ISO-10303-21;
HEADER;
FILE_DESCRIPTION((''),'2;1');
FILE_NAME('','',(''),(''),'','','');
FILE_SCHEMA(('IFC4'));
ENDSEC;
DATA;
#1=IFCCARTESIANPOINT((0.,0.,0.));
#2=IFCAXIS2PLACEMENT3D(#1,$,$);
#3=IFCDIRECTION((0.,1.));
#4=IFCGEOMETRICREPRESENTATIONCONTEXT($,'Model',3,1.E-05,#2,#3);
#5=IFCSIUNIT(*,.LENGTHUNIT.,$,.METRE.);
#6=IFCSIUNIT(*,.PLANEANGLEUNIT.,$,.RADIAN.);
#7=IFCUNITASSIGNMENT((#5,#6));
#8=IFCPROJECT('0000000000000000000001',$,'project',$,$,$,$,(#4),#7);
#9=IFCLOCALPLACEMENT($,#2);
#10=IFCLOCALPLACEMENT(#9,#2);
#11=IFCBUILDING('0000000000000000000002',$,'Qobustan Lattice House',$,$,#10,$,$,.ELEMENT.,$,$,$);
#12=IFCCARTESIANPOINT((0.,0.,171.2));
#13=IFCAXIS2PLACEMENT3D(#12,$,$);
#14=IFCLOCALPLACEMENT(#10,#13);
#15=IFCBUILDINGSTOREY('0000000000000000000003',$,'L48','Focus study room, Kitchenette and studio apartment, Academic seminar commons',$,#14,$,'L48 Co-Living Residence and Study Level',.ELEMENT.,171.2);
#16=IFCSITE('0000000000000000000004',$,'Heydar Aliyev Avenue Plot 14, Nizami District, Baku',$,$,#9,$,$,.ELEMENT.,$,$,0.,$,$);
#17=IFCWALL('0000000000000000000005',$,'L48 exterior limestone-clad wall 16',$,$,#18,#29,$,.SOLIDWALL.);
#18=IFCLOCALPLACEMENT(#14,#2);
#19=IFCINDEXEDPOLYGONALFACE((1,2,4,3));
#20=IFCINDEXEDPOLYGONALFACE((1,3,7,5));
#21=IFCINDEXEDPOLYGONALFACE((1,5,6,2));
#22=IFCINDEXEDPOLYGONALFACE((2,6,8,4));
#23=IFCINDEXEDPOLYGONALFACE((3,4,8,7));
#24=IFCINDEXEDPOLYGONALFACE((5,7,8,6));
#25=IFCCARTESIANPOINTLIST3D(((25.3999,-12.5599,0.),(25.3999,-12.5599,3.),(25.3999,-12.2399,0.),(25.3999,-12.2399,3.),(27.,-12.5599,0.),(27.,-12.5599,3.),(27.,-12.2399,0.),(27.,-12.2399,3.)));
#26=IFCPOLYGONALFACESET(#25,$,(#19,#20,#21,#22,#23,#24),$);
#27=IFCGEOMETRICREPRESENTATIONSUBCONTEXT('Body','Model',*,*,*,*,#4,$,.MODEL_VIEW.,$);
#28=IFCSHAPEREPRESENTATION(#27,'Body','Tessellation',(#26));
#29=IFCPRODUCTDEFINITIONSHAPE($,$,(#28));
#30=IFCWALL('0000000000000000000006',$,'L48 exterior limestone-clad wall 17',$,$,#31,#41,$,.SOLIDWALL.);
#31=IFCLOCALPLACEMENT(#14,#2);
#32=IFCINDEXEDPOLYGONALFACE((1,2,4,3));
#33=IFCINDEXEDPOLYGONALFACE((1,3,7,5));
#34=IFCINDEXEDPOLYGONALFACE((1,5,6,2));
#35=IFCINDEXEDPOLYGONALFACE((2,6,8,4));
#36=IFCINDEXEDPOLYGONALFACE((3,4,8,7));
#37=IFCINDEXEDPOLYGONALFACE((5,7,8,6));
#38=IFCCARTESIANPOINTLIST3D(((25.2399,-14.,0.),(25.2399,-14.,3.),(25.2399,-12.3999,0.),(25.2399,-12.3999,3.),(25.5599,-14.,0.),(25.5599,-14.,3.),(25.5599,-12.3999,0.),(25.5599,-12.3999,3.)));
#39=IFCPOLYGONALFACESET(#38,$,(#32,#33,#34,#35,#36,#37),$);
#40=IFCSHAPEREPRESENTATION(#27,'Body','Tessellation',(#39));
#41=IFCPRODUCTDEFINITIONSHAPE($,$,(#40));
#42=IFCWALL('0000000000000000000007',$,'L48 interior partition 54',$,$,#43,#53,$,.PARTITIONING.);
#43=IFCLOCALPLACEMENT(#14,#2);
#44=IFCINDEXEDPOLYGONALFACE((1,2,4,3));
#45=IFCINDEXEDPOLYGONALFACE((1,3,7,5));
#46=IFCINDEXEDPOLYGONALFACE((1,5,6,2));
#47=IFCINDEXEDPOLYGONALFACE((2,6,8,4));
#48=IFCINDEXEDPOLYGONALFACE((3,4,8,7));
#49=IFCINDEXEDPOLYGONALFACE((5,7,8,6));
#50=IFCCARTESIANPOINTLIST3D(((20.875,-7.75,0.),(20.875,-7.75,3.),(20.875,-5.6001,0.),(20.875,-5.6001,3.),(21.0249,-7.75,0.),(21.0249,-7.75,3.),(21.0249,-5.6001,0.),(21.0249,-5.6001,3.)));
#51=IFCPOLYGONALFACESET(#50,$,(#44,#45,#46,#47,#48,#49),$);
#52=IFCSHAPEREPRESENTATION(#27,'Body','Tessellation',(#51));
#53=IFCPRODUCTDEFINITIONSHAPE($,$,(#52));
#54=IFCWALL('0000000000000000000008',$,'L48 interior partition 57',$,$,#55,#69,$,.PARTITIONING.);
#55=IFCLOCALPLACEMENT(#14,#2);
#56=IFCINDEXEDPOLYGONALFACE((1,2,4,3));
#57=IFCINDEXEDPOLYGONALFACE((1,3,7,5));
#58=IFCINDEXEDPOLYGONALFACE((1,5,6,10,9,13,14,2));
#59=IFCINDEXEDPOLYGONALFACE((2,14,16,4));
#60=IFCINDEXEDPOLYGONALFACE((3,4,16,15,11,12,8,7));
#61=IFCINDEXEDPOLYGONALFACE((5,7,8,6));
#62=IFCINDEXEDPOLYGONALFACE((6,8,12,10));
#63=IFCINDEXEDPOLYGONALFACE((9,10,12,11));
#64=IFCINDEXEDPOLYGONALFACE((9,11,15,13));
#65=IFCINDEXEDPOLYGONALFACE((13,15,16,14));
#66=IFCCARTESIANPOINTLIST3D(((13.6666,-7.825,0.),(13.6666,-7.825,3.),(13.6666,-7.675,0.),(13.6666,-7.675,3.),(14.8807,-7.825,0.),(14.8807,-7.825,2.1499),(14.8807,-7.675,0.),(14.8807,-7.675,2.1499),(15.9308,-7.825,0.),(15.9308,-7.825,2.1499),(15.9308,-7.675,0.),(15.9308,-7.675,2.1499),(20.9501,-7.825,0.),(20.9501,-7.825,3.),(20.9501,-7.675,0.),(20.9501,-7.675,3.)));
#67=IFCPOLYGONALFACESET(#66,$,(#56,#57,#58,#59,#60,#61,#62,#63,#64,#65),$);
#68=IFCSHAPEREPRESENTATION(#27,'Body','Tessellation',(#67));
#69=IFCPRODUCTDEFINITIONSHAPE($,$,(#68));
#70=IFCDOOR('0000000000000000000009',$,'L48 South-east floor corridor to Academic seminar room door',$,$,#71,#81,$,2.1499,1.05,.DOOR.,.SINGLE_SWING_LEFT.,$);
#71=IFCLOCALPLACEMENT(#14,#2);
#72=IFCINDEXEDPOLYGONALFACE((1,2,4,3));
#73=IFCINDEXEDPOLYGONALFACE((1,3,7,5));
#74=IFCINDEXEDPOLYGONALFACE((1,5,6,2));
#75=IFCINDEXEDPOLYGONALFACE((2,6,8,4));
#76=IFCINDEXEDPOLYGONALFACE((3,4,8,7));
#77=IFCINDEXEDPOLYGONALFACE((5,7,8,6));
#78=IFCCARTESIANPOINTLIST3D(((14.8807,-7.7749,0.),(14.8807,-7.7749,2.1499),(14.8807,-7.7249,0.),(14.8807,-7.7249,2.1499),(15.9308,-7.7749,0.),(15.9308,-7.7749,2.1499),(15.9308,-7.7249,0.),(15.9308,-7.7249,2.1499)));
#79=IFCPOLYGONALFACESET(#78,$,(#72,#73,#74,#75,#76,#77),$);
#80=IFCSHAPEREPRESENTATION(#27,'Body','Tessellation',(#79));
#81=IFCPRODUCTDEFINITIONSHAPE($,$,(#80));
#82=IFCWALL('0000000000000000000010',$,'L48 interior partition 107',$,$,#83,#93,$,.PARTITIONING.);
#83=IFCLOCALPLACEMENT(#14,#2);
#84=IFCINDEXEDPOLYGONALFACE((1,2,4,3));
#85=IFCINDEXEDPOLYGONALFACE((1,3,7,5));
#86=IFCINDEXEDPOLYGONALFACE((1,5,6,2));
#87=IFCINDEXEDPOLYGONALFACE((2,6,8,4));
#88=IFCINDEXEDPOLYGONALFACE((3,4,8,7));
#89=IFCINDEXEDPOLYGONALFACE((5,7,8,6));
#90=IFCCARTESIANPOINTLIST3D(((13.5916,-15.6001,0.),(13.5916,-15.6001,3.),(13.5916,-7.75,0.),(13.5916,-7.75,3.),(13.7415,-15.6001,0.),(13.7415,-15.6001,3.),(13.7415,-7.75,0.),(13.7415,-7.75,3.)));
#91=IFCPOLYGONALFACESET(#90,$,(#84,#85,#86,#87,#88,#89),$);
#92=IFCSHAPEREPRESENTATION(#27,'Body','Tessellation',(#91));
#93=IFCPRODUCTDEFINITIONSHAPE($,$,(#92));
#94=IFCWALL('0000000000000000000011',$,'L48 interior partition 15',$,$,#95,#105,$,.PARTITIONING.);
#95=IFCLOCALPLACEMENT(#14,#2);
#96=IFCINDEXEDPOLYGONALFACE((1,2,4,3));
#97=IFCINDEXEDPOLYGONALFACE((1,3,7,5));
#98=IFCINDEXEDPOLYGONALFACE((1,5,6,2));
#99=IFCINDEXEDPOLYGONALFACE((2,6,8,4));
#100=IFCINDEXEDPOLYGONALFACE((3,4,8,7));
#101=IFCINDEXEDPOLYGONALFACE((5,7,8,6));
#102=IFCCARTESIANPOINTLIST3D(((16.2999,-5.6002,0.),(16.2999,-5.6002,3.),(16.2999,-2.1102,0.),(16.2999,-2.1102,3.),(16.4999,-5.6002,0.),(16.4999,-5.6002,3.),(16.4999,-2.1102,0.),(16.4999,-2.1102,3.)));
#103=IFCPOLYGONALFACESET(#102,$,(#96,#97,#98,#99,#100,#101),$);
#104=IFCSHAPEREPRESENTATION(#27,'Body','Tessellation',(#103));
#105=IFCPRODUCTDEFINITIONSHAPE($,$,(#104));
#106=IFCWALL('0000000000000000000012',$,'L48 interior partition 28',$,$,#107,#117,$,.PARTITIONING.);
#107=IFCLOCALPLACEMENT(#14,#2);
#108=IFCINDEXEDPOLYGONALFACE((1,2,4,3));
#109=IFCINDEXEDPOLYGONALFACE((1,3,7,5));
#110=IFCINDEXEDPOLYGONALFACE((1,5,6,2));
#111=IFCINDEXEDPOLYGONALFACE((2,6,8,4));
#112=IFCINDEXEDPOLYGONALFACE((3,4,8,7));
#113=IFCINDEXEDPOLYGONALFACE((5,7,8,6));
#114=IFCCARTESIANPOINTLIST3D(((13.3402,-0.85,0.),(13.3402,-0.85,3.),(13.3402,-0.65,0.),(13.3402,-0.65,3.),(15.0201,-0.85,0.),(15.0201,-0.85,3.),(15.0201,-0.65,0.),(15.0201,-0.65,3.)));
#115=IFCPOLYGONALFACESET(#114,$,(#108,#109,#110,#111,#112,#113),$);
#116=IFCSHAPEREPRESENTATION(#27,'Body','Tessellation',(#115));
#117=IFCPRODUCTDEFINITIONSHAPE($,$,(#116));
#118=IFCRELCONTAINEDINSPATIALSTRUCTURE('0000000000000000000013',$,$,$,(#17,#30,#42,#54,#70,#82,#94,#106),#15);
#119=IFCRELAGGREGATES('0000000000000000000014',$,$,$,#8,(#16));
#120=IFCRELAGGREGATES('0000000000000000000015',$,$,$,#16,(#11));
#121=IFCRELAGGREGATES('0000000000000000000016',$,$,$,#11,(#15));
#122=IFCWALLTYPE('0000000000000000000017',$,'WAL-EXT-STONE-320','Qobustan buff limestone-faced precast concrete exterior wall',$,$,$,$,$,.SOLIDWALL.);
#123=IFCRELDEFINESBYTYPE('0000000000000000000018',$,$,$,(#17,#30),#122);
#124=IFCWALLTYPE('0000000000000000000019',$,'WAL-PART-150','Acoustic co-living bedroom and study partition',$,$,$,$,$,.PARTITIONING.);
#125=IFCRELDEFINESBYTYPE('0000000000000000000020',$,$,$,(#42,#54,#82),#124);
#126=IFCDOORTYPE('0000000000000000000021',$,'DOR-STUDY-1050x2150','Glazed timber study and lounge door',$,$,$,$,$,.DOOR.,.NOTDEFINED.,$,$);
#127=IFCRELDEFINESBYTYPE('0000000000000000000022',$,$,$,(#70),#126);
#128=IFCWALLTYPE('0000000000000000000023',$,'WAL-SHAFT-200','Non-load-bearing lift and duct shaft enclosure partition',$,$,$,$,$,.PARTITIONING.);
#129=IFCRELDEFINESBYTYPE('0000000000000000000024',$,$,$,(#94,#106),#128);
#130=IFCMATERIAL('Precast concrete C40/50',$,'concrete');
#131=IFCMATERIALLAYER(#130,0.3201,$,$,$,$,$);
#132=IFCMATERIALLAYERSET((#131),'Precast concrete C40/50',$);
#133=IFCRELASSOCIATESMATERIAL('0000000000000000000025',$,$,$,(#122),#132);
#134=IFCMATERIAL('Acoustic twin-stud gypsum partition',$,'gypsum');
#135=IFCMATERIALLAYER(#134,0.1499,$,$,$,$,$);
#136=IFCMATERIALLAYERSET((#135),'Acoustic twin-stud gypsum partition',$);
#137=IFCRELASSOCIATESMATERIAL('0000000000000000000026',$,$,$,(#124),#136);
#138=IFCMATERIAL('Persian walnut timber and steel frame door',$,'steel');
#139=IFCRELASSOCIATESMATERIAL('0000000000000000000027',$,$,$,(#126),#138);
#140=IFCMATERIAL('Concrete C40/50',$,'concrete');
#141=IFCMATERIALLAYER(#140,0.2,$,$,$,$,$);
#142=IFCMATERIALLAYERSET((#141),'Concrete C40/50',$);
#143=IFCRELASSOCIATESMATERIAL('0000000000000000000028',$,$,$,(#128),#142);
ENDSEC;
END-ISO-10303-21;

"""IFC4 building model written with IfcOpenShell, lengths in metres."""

from ifc_helpers import new_model, si_unit, direction, frame, frame_2d, origin, place, context, subcontext, project, spatial, rectangle, extrude, material, layer, layer_set, type_object, element, fill, save


model = new_model("IFC4")

# Units and contexts
model_context = context("Model", 3, precision=1e-05, world=origin(), true_north=direction((0.0, 1.0)))
body_context = subcontext(model_context, "Body", "Model", "MODEL_VIEW")
ifc_project = project(units=[si_unit("LENGTHUNIT", "METRE"), si_unit("PLANEANGLEUNIT", "RADIAN")], contexts=[model_context])

# Site, building, storey
site_placement = place(None, origin())
site = spatial("IfcSite", under=ifc_project, at=site_placement, Name="Heydar Aliyev Avenue Plot 14, Nizami District, Baku", CompositionType="ELEMENT", RefElevation=0.0)
building_placement = place(site_placement, origin())
building = spatial("IfcBuilding", under=site, at=building_placement, Name="Qobustan Lattice House", CompositionType="ELEMENT")
storey_placement = place(building_placement, frame((0.0, 0.0, 171.2)))
storey = spatial("IfcBuildingStorey", under=building, at=storey_placement, Name="L48", Description="Focus study room, Kitchenette and studio apartment, Academic seminar commons", LongName="L48 Co-Living Residence and Study Level", CompositionType="ELEMENT", Elevation=171.2)

# Walls
ifc_material_1 = material(Name="Precast concrete C40/50", Category="concrete")
ifc_layer_1 = layer(ifc_material_1, 0.3201)
ifc_layer_set_1 = layer_set([ifc_layer_1], Name="Precast concrete C40/50")
wall_type_1 = type_object("IfcWallType", Name="WAL-EXT-STONE-320", Description="Qobustan buff limestone-faced precast concrete exterior wall", PredefinedType="SOLIDWALL", material=ifc_layer_set_1)
for number, where, z_axis, x_axis, name in (
    (1, (27.0, -12.3999, 0.0), (0.0, 0.0, 1.0), (-1.0, 0.0, 0.0), "L48 exterior limestone-clad wall 16"),
    (2, (25.3999, -12.3999, 0.0), (0.0, 0.0, 1.0), (0.0, -1.0, 0.0), "L48 exterior limestone-clad wall 17"),
):
    element("IfcWall", number, at=place(storey_placement, frame(where, z_axis=z_axis, x_axis=x_axis)), inside=storey, type_object=wall_type_1, Name=name, PredefinedType="SOLIDWALL", context=body_context, shape_type="SweptSolid", body=[
        extrude(rectangle(XDim=1.6001, YDim=0.3201, at=frame_2d((0.8, 0.0))), origin(), (0.0, 0.0, 1.0), 3.0),
    ])
ifc_material_2 = material(Name="Acoustic twin-stud gypsum partition", Category="gypsum")
ifc_layer_2 = layer(ifc_material_2, 0.1499)
ifc_layer_set_2 = layer_set([ifc_layer_2], Name="Acoustic twin-stud gypsum partition")
wall_type_2 = type_object("IfcWallType", Name="WAL-PART-150", Description="Acoustic co-living bedroom and study partition", PredefinedType="PARTITIONING", material=ifc_layer_set_2)
wall_1_placement = place(storey_placement, frame((20.95, -5.6001, 0.0), z_axis=(0.0, 0.0, 1.0), x_axis=(0.0, -1.0, 0.0)))
element("IfcWall", 3, at=wall_1_placement, inside=storey, type_object=wall_type_2, Name="L48 interior partition 54", PredefinedType="PARTITIONING", context=body_context, shape_type="SweptSolid", body=[
    extrude(rectangle(XDim=2.1499, YDim=0.1499, at=frame_2d((1.075, 0.0))), origin(), (0.0, 0.0, 1.0), 3.0),
])

# Wall, opening, door
wall_2_placement = place(storey_placement, frame((20.95, -7.75, 0.0), z_axis=(0.0, 0.0, 1.0), x_axis=(-1.0, 0.0, 0.0)))
wall_2 = element("IfcWall", 4, at=wall_2_placement, inside=storey, type_object=wall_type_2, Name="L48 interior partition 57", PredefinedType="PARTITIONING", context=body_context, shape_type="SweptSolid", body=[
    extrude(rectangle(XDim=7.2834, YDim=0.1499, at=frame_2d((3.6416, 0.0))), origin(), (0.0, 0.0, 1.0), 3.0),
])
opening_placement = place(wall_2_placement, frame((5.0193, 0.0, 0.0)))
opening = element("IfcOpeningElement", 5, at=opening_placement, cuts=wall_2, PredefinedType="OPENING", context=body_context, shape_type="SweptSolid", body=[
    extrude(rectangle(XDim=1.05, YDim=2.1499, at=frame_2d((0.5249, 1.075))), frame((0.0, 0.085, 0.0), z_axis=(0.0, -1.0, 0.0), x_axis=(1.0, 0.0, 0.0)), (0.0, 0.0, 1.0), 0.1699),
])
ifc_material_3 = material(Name="Persian walnut timber and steel frame door", Category="steel")
door_type = type_object("IfcDoorType", Name="DOR-STUDY-1050x2150", Description="Glazed timber study and lounge door", OperationType="NOTDEFINED", PredefinedType="DOOR", material=ifc_material_3)
door_placement = place(opening_placement, origin())
door = element("IfcDoor", 6, at=door_placement, inside=storey, type_object=door_type, Name="L48 South-east floor corridor to Academic seminar room door", OperationType="SINGLE_SWING_LEFT", OverallHeight=2.1499, OverallWidth=1.05, PredefinedType="DOOR", context=body_context, shape_type="SweptSolid", body=[
    extrude(rectangle(XDim=1.05, YDim=2.1499, at=frame_2d((0.5249, 1.075))), frame((0.0, 0.0249, 0.0), z_axis=(0.0, -1.0, 0.0), x_axis=(1.0, 0.0, 0.0)), (0.0, 0.0, 1.0), 0.05),
])
fill(opening, door)

# Walls
wall_3_placement = place(storey_placement, frame((13.6665, -7.75, 0.0), z_axis=(0.0, 0.0, 1.0), x_axis=(0.0, -1.0, 0.0)))
element("IfcWall", 7, at=wall_3_placement, inside=storey, type_object=wall_type_2, Name="L48 interior partition 107", PredefinedType="PARTITIONING", context=body_context, shape_type="SweptSolid", body=[
    extrude(rectangle(XDim=7.8501, YDim=0.1499, at=frame_2d((3.925, 0.0))), origin(), (0.0, 0.0, 1.0), 3.0),
])
ifc_material_4 = material(Name="Concrete C40/50", Category="concrete")
ifc_layer_3 = layer(ifc_material_4, 0.2)
ifc_layer_set_3 = layer_set([ifc_layer_3], Name="Concrete C40/50")
wall_type_3 = type_object("IfcWallType", Name="WAL-SHAFT-200", Description="Non-load-bearing lift and duct shaft enclosure partition", PredefinedType="PARTITIONING", material=ifc_layer_set_3)
wall_4_placement = place(storey_placement, frame((16.3999, -2.1101, 0.0), z_axis=(0.0, 0.0, 1.0), x_axis=(0.0, -1.0, 0.0)))
element("IfcWall", 8, at=wall_4_placement, inside=storey, type_object=wall_type_3, Name="L48 interior partition 15", PredefinedType="PARTITIONING", context=body_context, shape_type="SweptSolid", body=[
    extrude(rectangle(XDim=3.49, YDim=0.2, at=frame_2d((1.7451, 0.0))), origin(), (0.0, 0.0, 1.0), 3.0),
])
wall_5_placement = place(storey_placement, frame((15.02, -0.75, 0.0), z_axis=(0.0, 0.0, 1.0), x_axis=(-1.0, 0.0, 0.0)))
element("IfcWall", 9, at=wall_5_placement, inside=storey, type_object=wall_type_3, Name="L48 interior partition 28", PredefinedType="PARTITIONING", context=body_context, shape_type="SweptSolid", body=[
    extrude(rectangle(XDim=1.6799, YDim=0.2, at=frame_2d((0.8398, 0.0))), origin(), (0.0, 0.0, 1.0), 3.0),
])

save(model, "model.ifc")
